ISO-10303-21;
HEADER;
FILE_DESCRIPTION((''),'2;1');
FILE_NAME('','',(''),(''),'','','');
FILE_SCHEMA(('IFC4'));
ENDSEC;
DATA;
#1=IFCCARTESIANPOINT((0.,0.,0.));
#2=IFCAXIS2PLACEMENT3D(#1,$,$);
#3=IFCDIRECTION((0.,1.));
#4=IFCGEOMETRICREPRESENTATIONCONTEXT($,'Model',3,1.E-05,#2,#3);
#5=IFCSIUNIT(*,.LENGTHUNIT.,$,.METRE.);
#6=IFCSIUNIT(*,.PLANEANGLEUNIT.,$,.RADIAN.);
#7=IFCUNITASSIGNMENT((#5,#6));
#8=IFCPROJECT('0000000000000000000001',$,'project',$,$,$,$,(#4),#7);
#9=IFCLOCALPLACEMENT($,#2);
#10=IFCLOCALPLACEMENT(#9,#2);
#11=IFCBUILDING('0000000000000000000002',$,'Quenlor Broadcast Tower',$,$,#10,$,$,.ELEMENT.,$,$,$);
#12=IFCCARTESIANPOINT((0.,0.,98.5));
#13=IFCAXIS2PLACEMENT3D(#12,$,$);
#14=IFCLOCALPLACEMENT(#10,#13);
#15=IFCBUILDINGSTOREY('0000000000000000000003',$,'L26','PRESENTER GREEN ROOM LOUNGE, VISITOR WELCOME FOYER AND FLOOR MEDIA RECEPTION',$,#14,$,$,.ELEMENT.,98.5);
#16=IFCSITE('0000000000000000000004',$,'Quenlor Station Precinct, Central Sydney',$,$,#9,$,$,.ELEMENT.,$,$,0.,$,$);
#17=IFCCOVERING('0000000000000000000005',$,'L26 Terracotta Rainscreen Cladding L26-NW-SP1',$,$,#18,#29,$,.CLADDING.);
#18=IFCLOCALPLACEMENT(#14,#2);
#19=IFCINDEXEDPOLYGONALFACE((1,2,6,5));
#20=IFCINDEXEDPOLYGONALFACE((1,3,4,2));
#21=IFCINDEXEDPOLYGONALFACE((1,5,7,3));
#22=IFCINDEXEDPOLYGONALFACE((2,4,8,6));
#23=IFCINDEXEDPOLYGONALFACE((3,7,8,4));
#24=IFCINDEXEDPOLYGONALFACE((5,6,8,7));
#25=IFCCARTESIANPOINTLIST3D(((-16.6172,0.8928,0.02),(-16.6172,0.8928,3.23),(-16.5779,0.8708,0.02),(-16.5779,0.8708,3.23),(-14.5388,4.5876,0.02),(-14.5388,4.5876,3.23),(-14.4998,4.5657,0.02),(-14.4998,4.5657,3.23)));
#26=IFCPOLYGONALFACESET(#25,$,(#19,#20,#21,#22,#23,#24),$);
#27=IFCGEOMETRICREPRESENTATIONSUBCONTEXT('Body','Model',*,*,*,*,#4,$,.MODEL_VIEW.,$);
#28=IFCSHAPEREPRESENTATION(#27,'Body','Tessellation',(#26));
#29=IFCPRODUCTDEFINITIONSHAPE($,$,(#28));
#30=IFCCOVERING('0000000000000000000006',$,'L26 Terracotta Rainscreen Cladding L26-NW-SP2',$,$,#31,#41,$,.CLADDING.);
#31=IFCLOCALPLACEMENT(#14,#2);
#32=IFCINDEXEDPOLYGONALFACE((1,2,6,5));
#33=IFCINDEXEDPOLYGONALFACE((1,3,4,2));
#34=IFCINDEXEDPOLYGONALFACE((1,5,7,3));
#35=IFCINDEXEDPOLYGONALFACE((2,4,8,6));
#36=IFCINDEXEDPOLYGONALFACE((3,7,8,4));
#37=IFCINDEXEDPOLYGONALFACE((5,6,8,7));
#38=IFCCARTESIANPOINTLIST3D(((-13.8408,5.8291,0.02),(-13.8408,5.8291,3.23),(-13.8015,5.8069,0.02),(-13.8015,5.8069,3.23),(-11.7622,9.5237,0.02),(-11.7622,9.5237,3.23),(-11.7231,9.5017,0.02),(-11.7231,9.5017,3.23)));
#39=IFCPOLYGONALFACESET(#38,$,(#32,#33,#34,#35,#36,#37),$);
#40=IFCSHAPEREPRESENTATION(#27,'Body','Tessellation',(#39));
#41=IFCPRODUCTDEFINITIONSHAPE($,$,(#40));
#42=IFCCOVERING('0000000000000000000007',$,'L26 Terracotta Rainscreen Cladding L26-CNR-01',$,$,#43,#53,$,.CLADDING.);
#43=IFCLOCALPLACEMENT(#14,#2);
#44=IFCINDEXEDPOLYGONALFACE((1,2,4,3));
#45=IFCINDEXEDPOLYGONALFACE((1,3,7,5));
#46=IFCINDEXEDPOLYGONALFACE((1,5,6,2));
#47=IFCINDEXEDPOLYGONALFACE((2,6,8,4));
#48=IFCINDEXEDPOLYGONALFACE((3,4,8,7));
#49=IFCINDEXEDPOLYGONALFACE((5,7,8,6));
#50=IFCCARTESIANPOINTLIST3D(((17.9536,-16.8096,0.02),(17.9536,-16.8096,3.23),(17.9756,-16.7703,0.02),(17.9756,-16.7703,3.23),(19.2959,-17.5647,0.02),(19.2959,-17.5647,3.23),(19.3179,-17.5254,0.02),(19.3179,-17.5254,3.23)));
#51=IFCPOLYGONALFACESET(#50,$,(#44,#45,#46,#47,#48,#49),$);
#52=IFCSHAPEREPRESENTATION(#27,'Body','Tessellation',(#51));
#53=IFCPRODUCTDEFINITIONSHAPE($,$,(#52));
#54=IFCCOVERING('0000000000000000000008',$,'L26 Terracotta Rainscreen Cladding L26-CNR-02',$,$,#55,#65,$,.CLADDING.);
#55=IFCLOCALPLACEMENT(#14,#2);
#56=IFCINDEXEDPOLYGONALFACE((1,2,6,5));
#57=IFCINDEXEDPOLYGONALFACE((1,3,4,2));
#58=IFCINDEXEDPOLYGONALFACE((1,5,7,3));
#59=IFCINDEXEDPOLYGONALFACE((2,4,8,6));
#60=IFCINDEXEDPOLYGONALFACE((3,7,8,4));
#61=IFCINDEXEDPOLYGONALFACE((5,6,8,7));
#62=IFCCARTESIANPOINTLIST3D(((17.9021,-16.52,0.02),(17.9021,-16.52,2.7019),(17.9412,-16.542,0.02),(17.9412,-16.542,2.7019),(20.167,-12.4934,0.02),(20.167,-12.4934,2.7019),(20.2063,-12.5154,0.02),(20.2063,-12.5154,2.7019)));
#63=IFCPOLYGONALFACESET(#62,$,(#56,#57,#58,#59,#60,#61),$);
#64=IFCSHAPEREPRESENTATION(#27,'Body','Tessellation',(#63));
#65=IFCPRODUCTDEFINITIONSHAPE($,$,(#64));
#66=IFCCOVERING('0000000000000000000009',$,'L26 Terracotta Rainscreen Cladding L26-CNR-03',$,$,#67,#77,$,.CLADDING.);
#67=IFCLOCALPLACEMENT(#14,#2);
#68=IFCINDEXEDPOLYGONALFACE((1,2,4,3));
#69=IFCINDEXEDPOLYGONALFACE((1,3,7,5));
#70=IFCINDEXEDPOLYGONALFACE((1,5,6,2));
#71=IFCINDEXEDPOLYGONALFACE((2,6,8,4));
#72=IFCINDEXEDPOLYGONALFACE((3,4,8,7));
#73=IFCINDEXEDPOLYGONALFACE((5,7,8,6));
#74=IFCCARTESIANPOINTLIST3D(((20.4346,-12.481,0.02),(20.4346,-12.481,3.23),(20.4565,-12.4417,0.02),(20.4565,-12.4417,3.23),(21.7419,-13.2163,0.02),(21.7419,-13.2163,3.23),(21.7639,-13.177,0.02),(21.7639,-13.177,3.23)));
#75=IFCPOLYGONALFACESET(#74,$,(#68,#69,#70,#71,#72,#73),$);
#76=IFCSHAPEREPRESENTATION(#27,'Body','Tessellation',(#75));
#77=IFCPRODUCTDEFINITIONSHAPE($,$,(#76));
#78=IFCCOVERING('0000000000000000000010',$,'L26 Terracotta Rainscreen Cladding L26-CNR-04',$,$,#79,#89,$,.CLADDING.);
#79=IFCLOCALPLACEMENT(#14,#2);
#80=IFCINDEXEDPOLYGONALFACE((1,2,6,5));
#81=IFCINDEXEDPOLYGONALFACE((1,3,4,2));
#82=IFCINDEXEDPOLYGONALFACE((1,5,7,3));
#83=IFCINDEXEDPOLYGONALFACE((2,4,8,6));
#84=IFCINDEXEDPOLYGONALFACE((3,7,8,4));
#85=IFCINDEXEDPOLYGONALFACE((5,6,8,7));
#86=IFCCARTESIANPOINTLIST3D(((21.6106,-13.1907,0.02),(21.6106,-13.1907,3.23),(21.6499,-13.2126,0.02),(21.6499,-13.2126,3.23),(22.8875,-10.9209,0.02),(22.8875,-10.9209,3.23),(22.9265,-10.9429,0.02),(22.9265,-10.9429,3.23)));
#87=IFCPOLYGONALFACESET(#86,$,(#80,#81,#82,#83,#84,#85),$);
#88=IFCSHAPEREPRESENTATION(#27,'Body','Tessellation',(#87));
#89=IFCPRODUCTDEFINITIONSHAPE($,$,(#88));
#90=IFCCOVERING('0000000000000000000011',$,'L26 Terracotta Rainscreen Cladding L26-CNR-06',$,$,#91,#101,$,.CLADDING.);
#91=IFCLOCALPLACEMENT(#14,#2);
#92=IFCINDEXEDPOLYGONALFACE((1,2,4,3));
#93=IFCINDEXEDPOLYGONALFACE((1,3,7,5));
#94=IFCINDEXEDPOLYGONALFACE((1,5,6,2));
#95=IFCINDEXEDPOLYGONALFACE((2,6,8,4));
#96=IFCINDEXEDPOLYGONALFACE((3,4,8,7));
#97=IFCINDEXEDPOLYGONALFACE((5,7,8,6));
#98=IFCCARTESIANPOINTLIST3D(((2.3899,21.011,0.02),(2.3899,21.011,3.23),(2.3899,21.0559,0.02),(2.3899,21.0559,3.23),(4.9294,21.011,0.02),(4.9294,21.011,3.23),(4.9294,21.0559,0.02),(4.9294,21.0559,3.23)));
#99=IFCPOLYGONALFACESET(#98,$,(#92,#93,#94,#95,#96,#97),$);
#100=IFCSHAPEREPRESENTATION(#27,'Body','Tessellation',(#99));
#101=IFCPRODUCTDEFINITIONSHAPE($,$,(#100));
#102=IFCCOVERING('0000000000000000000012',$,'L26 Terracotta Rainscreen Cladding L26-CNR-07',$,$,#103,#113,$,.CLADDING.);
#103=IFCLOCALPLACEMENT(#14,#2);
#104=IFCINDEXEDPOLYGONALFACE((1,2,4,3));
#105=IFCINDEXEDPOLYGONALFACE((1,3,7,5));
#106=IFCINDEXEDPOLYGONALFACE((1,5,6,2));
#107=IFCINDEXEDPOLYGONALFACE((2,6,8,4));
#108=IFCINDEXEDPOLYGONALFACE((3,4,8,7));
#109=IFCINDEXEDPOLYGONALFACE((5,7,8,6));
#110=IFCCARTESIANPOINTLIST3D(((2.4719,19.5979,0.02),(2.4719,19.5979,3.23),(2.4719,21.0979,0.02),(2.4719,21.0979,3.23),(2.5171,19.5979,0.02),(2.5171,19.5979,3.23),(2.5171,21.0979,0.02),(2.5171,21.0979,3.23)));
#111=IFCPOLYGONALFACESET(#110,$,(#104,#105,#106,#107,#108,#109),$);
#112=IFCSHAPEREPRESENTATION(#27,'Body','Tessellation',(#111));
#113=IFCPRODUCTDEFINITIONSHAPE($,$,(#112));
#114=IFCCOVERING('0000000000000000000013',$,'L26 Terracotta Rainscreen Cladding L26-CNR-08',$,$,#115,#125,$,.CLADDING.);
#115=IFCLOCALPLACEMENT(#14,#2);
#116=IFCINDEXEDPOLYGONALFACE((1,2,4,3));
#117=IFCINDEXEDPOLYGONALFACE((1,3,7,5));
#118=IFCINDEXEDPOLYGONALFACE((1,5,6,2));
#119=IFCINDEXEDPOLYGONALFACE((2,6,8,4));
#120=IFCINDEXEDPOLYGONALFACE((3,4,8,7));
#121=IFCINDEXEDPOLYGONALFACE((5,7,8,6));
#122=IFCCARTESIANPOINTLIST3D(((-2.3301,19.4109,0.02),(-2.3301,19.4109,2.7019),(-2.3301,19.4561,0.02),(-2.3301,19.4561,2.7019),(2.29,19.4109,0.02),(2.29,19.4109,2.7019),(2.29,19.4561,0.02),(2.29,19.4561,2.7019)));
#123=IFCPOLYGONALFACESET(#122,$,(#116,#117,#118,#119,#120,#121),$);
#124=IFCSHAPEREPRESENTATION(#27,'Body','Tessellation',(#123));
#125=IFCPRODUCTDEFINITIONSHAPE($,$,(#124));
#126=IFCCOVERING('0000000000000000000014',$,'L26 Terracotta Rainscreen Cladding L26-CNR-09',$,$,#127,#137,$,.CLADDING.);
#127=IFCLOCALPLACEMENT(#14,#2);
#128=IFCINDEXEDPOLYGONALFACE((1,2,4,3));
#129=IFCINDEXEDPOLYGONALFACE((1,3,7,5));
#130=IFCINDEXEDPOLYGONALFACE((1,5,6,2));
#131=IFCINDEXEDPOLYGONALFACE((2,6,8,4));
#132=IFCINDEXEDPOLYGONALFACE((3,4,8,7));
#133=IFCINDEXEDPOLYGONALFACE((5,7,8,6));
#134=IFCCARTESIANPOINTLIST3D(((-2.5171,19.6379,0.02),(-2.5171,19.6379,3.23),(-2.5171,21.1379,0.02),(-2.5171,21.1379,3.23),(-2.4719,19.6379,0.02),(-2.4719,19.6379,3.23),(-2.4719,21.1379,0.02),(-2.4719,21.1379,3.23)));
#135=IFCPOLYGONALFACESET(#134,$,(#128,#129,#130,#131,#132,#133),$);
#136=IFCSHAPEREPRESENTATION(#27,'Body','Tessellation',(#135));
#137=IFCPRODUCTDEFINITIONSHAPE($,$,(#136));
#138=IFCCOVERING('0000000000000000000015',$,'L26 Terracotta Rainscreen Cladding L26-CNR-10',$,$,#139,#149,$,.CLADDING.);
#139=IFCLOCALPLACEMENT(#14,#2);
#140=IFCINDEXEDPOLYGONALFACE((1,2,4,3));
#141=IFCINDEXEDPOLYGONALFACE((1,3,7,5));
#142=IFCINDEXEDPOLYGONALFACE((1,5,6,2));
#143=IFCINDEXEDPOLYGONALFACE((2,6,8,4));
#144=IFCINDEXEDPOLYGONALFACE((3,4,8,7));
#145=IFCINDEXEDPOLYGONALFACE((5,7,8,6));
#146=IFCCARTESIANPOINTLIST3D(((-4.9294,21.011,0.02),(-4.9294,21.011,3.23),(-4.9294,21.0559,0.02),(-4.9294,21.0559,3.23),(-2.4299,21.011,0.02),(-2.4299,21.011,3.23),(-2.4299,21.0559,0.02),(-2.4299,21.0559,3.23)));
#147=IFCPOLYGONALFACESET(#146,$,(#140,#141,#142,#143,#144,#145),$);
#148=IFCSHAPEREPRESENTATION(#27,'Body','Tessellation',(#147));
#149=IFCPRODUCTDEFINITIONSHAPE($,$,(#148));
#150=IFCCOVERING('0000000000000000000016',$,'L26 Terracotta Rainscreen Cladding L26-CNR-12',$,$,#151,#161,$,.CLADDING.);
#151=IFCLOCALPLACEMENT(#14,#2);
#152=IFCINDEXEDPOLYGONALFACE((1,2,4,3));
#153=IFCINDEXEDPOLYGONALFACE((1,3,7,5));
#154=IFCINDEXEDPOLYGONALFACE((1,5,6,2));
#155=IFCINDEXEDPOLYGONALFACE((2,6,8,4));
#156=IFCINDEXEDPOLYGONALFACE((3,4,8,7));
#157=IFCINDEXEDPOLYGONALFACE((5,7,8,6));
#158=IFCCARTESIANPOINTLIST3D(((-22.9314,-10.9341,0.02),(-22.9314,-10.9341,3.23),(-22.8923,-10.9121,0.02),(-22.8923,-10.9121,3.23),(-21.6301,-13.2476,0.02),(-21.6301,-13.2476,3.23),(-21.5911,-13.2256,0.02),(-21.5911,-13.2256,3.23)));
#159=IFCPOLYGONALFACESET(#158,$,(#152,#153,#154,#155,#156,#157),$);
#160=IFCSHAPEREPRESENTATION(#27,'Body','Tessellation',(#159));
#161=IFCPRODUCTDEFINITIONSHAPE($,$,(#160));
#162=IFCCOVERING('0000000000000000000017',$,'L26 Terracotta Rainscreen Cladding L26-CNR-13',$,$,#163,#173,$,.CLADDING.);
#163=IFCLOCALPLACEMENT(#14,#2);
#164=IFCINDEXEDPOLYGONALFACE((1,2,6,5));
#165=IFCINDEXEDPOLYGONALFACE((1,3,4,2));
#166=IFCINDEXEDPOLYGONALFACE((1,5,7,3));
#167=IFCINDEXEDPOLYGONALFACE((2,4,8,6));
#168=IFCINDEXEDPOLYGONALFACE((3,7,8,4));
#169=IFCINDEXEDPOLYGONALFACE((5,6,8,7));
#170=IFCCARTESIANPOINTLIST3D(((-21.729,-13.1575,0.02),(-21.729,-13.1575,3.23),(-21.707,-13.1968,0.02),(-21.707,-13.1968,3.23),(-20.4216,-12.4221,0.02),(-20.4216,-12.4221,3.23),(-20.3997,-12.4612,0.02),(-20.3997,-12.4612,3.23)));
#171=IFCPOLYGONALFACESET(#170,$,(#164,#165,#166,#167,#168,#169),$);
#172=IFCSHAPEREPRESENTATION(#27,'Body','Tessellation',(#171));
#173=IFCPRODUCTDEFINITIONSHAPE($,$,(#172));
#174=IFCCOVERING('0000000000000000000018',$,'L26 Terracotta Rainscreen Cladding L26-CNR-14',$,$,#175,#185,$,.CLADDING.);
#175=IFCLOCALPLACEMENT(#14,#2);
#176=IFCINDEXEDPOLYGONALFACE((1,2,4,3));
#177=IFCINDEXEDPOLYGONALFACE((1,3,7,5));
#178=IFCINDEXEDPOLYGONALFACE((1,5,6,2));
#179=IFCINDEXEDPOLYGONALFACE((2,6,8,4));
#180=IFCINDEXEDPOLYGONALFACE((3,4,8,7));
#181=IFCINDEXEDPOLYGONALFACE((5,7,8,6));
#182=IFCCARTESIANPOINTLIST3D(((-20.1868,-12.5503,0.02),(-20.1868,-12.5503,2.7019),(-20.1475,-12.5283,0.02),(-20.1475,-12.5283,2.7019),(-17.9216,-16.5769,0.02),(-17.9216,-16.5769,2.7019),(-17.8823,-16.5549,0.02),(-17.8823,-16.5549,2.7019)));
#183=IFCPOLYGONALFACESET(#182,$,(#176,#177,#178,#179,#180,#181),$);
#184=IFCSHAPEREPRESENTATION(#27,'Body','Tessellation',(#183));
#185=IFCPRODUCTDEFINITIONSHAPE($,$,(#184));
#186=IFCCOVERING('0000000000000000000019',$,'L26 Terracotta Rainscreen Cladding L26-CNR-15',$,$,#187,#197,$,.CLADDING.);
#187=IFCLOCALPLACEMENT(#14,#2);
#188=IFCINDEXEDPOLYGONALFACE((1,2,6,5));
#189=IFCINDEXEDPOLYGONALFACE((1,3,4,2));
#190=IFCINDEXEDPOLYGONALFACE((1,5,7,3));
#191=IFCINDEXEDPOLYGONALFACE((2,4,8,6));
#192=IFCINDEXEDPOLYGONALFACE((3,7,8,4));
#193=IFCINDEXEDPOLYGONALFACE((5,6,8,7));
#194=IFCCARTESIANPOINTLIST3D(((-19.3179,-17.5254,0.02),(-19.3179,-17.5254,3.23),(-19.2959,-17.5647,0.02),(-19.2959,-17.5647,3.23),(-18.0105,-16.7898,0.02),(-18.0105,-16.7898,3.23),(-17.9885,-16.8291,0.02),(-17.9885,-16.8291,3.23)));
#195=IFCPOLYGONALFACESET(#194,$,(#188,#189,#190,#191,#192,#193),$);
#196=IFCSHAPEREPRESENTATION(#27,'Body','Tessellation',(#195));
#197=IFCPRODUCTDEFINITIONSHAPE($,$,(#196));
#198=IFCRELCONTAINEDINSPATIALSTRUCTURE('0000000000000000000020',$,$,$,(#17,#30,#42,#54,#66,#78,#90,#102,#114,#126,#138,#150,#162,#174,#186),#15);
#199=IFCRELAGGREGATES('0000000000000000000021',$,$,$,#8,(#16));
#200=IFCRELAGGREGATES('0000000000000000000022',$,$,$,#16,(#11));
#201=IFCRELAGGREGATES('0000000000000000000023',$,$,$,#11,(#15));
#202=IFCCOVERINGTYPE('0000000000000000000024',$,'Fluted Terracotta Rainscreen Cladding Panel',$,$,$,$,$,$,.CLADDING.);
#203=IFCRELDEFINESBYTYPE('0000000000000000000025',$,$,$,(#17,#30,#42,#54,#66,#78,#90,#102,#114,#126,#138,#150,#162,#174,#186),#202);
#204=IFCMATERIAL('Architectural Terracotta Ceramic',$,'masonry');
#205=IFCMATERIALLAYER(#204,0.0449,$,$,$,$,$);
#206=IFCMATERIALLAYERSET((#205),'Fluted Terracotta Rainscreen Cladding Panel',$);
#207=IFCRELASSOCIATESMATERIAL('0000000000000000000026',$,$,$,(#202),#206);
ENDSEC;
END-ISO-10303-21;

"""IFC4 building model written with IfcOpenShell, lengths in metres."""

from ifc_helpers import new_model, si_unit, direction, frame, origin, place, context, subcontext, project, spatial, polyline, outline, extrude, material, layer, layer_set, type_object, element, save


model = new_model("IFC4")

# Units and contexts
model_context = context("Model", 3, precision=1e-05, world=origin(), true_north=direction((0.0, 1.0)))
body_context = subcontext(model_context, "Body", "Model", "MODEL_VIEW")
ifc_project = project(units=[si_unit("LENGTHUNIT", "METRE"), si_unit("PLANEANGLEUNIT", "RADIAN")], contexts=[model_context])

# Site, building, storey
site_placement = place(None, origin())
site = spatial("IfcSite", under=ifc_project, at=site_placement, Name="Quenlor Station Precinct, Central Sydney", CompositionType="ELEMENT", RefElevation=0.0)
building_placement = place(site_placement, origin())
building = spatial("IfcBuilding", under=site, at=building_placement, Name="Quenlor Broadcast Tower", CompositionType="ELEMENT")
storey_placement = place(building_placement, frame((0.0, 0.0, 98.5)))
storey = spatial("IfcBuildingStorey", under=building, at=storey_placement, Name="L26", Description="PRESENTER GREEN ROOM LOUNGE, VISITOR WELCOME FOYER AND FLOOR MEDIA RECEPTION", CompositionType="ELEMENT", Elevation=98.5)

# Coverings
ifc_material_1 = material(Name="Architectural Terracotta Ceramic", Category="masonry")
ifc_layer_1 = layer(ifc_material_1, 0.0449)
ifc_layer_set_1 = layer_set([ifc_layer_1], Name="Fluted Terracotta Rainscreen Cladding Panel")
covering_type_1 = type_object("IfcCoveringType", Name="Fluted Terracotta Rainscreen Cladding Panel", PredefinedType="CLADDING", material=ifc_layer_set_1)
covering_1_placement = place(storey_placement, frame((0.0, 0.0, 0.02)))
element("IfcCovering", 1, at=covering_1_placement, inside=storey, type_object=covering_type_1, Name="L26 Terracotta Rainscreen Cladding L26-NW-SP1", PredefinedType="CLADDING", context=body_context, shape_type="SweptSolid", body=[
    extrude(outline(polyline([(-16.5779, 0.8708), (-14.4998, 4.5657), (-14.5388, 4.5876), (-16.6172, 0.8928), (-16.5779, 0.8708)])), origin(), (0.0, 0.0, 1.0), 3.21),
])
covering_2_placement = place(storey_placement, frame((0.0, 0.0, 0.02)))
element("IfcCovering", 2, at=covering_2_placement, inside=storey, type_object=covering_type_1, Name="L26 Terracotta Rainscreen Cladding L26-NW-SP2", PredefinedType="CLADDING", context=body_context, shape_type="SweptSolid", body=[
    extrude(outline(polyline([(-13.8015, 5.8069), (-11.7231, 9.5017), (-11.7622, 9.5237), (-13.8408, 5.8291), (-13.8015, 5.8069)])), origin(), (0.0, 0.0, 1.0), 3.21),
])
covering_3_placement = place(storey_placement, frame((0.0, 0.0, 0.02)))
element("IfcCovering", 3, at=covering_3_placement, inside=storey, type_object=covering_type_1, Name="L26 Terracotta Rainscreen Cladding L26-CNR-01", PredefinedType="CLADDING", context=body_context, shape_type="SweptSolid", body=[
    extrude(outline(polyline([(19.3179, -17.5254), (17.9756, -16.7703), (17.9536, -16.8096), (19.2959, -17.5647), (19.3179, -17.5254)])), origin(), (0.0, 0.0, 1.0), 3.21),
])
covering_4_placement = place(storey_placement, frame((0.0, 0.0, 0.02)))
element("IfcCovering", 4, at=covering_4_placement, inside=storey, type_object=covering_type_1, Name="L26 Terracotta Rainscreen Cladding L26-CNR-02", PredefinedType="CLADDING", context=body_context, shape_type="SweptSolid", body=[
    extrude(outline(polyline([(17.9412, -16.542), (20.2063, -12.5154), (20.167, -12.4934), (17.9021, -16.52), (17.9412, -16.542)])), origin(), (0.0, 0.0, 1.0), 2.6819),
])
covering_5_placement = place(storey_placement, frame((0.0, 0.0, 0.02)))
element("IfcCovering", 5, at=covering_5_placement, inside=storey, type_object=covering_type_1, Name="L26 Terracotta Rainscreen Cladding L26-CNR-03", PredefinedType="CLADDING", context=body_context, shape_type="SweptSolid", body=[
    extrude(outline(polyline([(20.4346, -12.481), (21.7419, -13.2163), (21.7639, -13.177), (20.4565, -12.4417), (20.4346, -12.481)])), origin(), (0.0, 0.0, 1.0), 3.21),
])
covering_6_placement = place(storey_placement, frame((0.0, 0.0, 0.02)))
element("IfcCovering", 6, at=covering_6_placement, inside=storey, type_object=covering_type_1, Name="L26 Terracotta Rainscreen Cladding L26-CNR-04", PredefinedType="CLADDING", context=body_context, shape_type="SweptSolid", body=[
    extrude(outline(polyline([(21.6499, -13.2126), (22.9265, -10.9429), (22.8875, -10.9209), (21.6106, -13.1907), (21.6499, -13.2126)])), origin(), (0.0, 0.0, 1.0), 3.21),
])
covering_7_placement = place(storey_placement, frame((0.0, 0.0, 0.02)))
element("IfcCovering", 7, at=covering_7_placement, inside=storey, type_object=covering_type_1, Name="L26 Terracotta Rainscreen Cladding L26-CNR-06", PredefinedType="CLADDING", context=body_context, shape_type="SweptSolid", body=[
    extrude(outline(polyline([(4.9294, 21.0559), (2.3899, 21.0559), (2.3899, 21.011), (4.9294, 21.011), (4.9294, 21.0559)])), origin(), (0.0, 0.0, 1.0), 3.21),
])
covering_8_placement = place(storey_placement, frame((0.0, 0.0, 0.02)))
element("IfcCovering", 8, at=covering_8_placement, inside=storey, type_object=covering_type_1, Name="L26 Terracotta Rainscreen Cladding L26-CNR-07", PredefinedType="CLADDING", context=body_context, shape_type="SweptSolid", body=[
    extrude(outline(polyline([(2.4719, 21.0979), (2.4719, 19.5979), (2.5171, 19.5979), (2.5171, 21.0979), (2.4719, 21.0979)])), origin(), (0.0, 0.0, 1.0), 3.21),
])
covering_9_placement = place(storey_placement, frame((0.0, 0.0, 0.02)))
element("IfcCovering", 9, at=covering_9_placement, inside=storey, type_object=covering_type_1, Name="L26 Terracotta Rainscreen Cladding L26-CNR-08", PredefinedType="CLADDING", context=body_context, shape_type="SweptSolid", body=[
    extrude(outline(polyline([(2.29, 19.4561), (-2.3301, 19.4561), (-2.3301, 19.4109), (2.29, 19.4109), (2.29, 19.4561)])), origin(), (0.0, 0.0, 1.0), 2.6819),
])
covering_10_placement = place(storey_placement, frame((0.0, 0.0, 0.02)))
element("IfcCovering", 10, at=covering_10_placement, inside=storey, type_object=covering_type_1, Name="L26 Terracotta Rainscreen Cladding L26-CNR-09", PredefinedType="CLADDING", context=body_context, shape_type="SweptSolid", body=[
    extrude(outline(polyline([(-2.4719, 19.6379), (-2.4719, 21.1379), (-2.5171, 21.1379), (-2.5171, 19.6379), (-2.4719, 19.6379)])), origin(), (0.0, 0.0, 1.0), 3.21),
])
covering_11_placement = place(storey_placement, frame((0.0, 0.0, 0.02)))
element("IfcCovering", 11, at=covering_11_placement, inside=storey, type_object=covering_type_1, Name="L26 Terracotta Rainscreen Cladding L26-CNR-10", PredefinedType="CLADDING", context=body_context, shape_type="SweptSolid", body=[
    extrude(outline(polyline([(-2.4299, 21.0559), (-4.9294, 21.0559), (-4.9294, 21.011), (-2.4299, 21.011), (-2.4299, 21.0559)])), origin(), (0.0, 0.0, 1.0), 3.21),
])
covering_12_placement = place(storey_placement, frame((0.0, 0.0, 0.02)))
element("IfcCovering", 12, at=covering_12_placement, inside=storey, type_object=covering_type_1, Name="L26 Terracotta Rainscreen Cladding L26-CNR-12", PredefinedType="CLADDING", context=body_context, shape_type="SweptSolid", body=[
    extrude(outline(polyline([(-22.9314, -10.9341), (-21.6301, -13.2476), (-21.5911, -13.2256), (-22.8923, -10.9121), (-22.9314, -10.9341)])), origin(), (0.0, 0.0, 1.0), 3.21),
])
covering_13_placement = place(storey_placement, frame((0.0, 0.0, 0.02)))
element("IfcCovering", 13, at=covering_13_placement, inside=storey, type_object=covering_type_1, Name="L26 Terracotta Rainscreen Cladding L26-CNR-13", PredefinedType="CLADDING", context=body_context, shape_type="SweptSolid", body=[
    extrude(outline(polyline([(-21.707, -13.1968), (-20.3997, -12.4612), (-20.4216, -12.4221), (-21.729, -13.1575), (-21.707, -13.1968)])), origin(), (0.0, 0.0, 1.0), 3.21),
])
covering_14_placement = place(storey_placement, frame((0.0, 0.0, 0.02)))
element("IfcCovering", 14, at=covering_14_placement, inside=storey, type_object=covering_type_1, Name="L26 Terracotta Rainscreen Cladding L26-CNR-14", PredefinedType="CLADDING", context=body_context, shape_type="SweptSolid", body=[
    extrude(outline(polyline([(-20.1868, -12.5503), (-17.9216, -16.5769), (-17.8823, -16.5549), (-20.1475, -12.5283), (-20.1868, -12.5503)])), origin(), (0.0, 0.0, 1.0), 2.6819),
])
covering_15_placement = place(storey_placement, frame((0.0, 0.0, 0.02)))
element("IfcCovering", 15, at=covering_15_placement, inside=storey, type_object=covering_type_1, Name="L26 Terracotta Rainscreen Cladding L26-CNR-15", PredefinedType="CLADDING", context=body_context, shape_type="SweptSolid", body=[
    extrude(outline(polyline([(-18.0105, -16.7898), (-19.3179, -17.5254), (-19.2959, -17.5647), (-17.9885, -16.8291), (-18.0105, -16.7898)])), origin(), (0.0, 0.0, 1.0), 3.21),
])

save(model, "model.ifc")
